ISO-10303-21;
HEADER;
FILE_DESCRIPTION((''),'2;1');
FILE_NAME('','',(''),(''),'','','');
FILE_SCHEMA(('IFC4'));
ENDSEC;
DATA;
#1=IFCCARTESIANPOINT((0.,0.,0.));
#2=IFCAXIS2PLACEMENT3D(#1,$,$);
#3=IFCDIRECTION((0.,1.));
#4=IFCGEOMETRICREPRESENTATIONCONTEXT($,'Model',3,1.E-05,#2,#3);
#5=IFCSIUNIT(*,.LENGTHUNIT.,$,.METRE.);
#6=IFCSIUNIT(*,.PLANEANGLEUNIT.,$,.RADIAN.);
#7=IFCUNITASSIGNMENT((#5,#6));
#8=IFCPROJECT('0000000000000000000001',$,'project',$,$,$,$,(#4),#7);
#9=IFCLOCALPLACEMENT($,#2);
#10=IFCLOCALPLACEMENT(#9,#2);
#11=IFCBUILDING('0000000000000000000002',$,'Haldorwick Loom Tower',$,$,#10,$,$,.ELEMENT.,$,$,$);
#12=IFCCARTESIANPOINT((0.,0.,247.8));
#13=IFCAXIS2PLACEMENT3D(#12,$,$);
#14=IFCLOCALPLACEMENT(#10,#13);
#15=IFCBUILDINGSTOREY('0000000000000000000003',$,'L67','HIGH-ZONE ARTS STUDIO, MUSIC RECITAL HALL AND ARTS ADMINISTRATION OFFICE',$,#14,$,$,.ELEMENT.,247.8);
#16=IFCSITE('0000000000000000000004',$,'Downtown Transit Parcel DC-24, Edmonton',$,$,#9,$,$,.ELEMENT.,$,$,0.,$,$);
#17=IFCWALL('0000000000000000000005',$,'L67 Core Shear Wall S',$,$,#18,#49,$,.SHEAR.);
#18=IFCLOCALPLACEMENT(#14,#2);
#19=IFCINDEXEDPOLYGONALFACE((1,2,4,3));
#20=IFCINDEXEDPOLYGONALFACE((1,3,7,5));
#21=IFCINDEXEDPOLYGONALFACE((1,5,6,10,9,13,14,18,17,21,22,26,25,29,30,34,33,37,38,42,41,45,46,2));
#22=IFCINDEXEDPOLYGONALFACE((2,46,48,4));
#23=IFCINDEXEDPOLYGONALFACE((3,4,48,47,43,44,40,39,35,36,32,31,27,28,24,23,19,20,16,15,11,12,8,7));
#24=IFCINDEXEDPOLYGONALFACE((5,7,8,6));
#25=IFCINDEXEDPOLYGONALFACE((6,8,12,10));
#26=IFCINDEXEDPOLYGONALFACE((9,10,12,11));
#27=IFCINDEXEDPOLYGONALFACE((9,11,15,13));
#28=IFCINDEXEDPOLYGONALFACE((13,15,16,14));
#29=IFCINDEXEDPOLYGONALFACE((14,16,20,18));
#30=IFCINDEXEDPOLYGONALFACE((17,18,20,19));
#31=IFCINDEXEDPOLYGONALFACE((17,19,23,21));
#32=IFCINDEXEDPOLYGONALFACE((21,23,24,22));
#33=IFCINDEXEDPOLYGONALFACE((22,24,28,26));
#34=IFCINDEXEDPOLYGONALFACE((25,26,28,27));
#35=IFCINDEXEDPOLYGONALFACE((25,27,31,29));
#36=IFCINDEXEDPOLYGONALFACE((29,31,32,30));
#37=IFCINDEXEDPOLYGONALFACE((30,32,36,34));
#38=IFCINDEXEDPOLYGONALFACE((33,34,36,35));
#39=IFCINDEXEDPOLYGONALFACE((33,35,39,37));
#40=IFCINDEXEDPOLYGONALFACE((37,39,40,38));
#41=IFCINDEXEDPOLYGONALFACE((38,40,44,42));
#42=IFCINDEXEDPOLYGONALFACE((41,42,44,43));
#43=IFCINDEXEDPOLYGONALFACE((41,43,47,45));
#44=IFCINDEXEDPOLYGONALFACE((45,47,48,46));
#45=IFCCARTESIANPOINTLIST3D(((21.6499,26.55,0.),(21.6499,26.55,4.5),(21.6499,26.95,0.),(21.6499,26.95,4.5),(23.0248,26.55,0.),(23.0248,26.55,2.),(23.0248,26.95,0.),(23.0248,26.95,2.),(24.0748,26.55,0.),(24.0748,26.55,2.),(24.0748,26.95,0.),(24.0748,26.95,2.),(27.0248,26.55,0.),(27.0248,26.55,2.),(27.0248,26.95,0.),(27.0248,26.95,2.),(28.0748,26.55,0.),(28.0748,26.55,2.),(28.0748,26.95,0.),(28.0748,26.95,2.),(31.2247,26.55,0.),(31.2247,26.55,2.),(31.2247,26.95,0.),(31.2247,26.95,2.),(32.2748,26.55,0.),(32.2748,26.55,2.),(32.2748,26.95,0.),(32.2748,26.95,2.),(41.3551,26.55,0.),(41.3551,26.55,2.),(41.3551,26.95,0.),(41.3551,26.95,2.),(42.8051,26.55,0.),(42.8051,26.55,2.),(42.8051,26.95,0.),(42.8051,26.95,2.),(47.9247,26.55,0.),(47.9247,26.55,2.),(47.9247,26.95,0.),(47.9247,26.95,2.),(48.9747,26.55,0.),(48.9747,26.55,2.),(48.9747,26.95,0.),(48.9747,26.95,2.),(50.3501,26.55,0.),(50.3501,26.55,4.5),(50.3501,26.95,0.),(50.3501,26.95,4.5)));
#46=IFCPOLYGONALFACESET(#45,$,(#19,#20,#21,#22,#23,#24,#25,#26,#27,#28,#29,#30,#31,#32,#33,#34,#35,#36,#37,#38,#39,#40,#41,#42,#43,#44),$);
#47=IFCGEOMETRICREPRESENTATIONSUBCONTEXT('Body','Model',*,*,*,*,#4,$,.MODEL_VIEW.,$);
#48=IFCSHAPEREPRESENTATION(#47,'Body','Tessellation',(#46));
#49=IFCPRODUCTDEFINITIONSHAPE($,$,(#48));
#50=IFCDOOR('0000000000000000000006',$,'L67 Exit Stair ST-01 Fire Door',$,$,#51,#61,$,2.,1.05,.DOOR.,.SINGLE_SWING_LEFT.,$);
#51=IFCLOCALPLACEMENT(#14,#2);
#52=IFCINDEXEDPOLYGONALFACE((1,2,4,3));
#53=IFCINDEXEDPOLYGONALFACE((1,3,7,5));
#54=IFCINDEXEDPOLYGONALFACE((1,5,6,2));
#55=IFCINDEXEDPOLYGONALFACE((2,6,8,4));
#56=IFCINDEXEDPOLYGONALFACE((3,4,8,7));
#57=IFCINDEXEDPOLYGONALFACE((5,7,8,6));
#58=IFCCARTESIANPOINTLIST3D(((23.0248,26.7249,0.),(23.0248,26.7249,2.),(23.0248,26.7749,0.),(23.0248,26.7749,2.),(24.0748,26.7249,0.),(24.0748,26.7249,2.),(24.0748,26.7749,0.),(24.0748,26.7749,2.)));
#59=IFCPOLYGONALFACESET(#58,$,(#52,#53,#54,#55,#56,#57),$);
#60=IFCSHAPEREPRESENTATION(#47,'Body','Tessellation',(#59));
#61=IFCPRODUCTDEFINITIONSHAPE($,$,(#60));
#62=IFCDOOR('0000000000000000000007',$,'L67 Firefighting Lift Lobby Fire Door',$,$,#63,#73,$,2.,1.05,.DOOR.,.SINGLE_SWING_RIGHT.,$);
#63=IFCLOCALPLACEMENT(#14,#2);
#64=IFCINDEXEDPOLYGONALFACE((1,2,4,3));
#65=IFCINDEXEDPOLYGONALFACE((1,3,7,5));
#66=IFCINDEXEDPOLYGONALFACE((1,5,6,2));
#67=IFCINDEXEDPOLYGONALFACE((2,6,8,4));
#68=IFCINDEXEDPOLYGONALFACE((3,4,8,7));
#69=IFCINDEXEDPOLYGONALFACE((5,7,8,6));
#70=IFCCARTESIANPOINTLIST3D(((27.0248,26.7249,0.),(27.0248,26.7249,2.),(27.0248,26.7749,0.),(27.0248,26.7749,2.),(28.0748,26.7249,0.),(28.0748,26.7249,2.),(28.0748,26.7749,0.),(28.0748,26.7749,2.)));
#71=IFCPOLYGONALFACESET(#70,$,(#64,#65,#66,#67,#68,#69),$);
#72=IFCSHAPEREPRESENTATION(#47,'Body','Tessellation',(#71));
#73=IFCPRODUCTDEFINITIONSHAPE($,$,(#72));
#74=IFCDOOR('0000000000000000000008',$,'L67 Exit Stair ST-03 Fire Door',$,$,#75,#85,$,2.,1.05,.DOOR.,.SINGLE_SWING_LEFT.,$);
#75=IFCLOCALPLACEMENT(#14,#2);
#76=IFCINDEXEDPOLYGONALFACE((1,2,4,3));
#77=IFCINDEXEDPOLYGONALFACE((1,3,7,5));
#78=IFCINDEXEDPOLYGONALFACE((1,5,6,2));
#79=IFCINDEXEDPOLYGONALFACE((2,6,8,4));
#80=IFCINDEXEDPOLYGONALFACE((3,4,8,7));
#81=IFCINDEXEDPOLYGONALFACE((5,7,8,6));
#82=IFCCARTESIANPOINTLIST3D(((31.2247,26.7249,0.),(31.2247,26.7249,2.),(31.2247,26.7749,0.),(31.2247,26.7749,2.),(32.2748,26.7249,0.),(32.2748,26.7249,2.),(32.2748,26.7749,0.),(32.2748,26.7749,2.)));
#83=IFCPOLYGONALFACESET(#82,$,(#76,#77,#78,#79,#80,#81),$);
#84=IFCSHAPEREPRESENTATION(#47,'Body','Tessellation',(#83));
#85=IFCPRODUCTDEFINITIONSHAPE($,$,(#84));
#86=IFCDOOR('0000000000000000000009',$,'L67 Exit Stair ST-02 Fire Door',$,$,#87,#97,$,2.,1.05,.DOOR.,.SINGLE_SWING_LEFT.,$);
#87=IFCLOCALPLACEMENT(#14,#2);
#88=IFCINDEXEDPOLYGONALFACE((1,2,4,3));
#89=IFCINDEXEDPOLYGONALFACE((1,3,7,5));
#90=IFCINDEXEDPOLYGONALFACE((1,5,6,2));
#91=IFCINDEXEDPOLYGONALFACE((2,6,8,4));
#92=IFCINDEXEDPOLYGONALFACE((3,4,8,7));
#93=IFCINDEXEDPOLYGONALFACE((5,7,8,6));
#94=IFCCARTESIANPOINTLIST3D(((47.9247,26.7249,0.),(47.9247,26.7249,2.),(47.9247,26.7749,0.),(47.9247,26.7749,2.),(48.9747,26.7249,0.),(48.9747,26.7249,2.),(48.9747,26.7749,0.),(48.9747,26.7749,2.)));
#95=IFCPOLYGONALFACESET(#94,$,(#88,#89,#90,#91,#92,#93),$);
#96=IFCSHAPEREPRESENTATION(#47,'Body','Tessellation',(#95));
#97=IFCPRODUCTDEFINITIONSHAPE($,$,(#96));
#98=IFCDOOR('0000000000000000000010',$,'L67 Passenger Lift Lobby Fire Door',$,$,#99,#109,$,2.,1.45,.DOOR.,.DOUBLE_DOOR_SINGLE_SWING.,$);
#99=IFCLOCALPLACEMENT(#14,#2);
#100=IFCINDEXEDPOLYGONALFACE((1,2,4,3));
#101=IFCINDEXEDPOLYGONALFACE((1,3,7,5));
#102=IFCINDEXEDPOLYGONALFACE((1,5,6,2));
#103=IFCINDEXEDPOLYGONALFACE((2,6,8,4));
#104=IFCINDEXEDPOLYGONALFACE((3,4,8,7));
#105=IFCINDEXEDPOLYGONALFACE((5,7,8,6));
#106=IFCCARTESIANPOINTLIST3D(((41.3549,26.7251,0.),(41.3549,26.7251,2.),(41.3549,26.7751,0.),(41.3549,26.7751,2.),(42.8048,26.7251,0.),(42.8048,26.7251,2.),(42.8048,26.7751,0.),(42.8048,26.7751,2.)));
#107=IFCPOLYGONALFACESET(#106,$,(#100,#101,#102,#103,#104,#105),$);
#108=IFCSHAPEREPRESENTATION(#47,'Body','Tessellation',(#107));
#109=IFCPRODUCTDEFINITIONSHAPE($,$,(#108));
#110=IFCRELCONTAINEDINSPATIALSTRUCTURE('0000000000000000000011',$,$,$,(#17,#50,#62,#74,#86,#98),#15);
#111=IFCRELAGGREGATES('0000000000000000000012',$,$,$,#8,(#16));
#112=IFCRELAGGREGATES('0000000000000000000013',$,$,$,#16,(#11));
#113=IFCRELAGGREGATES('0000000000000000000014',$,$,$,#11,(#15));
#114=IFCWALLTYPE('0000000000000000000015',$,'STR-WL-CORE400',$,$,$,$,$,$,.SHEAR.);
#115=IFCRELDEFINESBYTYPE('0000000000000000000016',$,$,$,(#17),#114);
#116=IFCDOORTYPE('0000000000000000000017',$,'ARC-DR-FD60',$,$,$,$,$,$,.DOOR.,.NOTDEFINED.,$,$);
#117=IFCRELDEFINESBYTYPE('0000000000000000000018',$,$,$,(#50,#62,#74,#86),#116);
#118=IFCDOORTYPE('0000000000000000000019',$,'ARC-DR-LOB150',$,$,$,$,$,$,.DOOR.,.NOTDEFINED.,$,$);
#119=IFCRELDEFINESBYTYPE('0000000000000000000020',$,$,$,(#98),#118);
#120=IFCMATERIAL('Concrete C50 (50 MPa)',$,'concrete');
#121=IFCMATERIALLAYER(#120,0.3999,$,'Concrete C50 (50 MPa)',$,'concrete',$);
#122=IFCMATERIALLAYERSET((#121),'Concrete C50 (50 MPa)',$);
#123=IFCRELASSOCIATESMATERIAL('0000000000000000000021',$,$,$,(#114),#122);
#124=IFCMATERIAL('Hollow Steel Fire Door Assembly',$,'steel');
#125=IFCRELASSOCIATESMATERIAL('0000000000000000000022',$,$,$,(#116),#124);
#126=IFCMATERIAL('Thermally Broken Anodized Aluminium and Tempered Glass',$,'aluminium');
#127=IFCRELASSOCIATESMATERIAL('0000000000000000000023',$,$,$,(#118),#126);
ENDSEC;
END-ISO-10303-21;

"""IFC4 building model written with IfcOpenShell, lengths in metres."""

from ifc_helpers import new_model, si_unit, direction, frame, frame_2d, origin, place, context, subcontext, project, spatial, rectangle, extrude, material, layer, layer_set, type_object, element, fill, save


model = new_model("IFC4")

# Units and contexts
model_context = context("Model", 3, precision=1e-05, world=origin(), true_north=direction((0.0, 1.0)))
body_context = subcontext(model_context, "Body", "Model", "MODEL_VIEW")
ifc_project = project(units=[si_unit("LENGTHUNIT", "METRE"), si_unit("PLANEANGLEUNIT", "RADIAN")], contexts=[model_context])

# Site, building, storey
site_placement = place(None, origin())
site = spatial("IfcSite", under=ifc_project, at=site_placement, Name="Downtown Transit Parcel DC-24, Edmonton", CompositionType="ELEMENT", RefElevation=0.0)
building_placement = place(site_placement, origin())
building = spatial("IfcBuilding", under=site, at=building_placement, Name="Haldorwick Loom Tower", CompositionType="ELEMENT")
storey_placement = place(building_placement, frame((0.0, 0.0, 247.8)))
storey = spatial("IfcBuildingStorey", under=building, at=storey_placement, Name="L67", Description="HIGH-ZONE ARTS STUDIO, MUSIC RECITAL HALL AND ARTS ADMINISTRATION OFFICE", CompositionType="ELEMENT", Elevation=247.8)

# Shared definitions
ifc_material_1 = material(Name="Concrete C50 (50 MPa)", Category="concrete")

# Shared definitions
ifc_material_2 = material(Name="Hollow Steel Fire Door Assembly", Category="steel")

# Wall, openings, doors
ifc_layer_1 = layer(ifc_material_1, 0.3999, Name="Concrete C50 (50 MPa)", Category="concrete")
ifc_layer_set_1 = layer_set([ifc_layer_1], Name="Concrete C50 (50 MPa)")
wall_type_1 = type_object("IfcWallType", Name="STR-WL-CORE400", PredefinedType="SHEAR", material=ifc_layer_set_1)
wall_1_placement = place(storey_placement, frame((21.6499, 26.75, 0.0), z_axis=(0.0, 0.0, 1.0), x_axis=(1.0, 0.0, 0.0)))
wall_1 = element("IfcWall", 1, at=wall_1_placement, inside=storey, type_object=wall_type_1, Name="L67 Core Shear Wall S", PredefinedType="SHEAR", context=body_context, shape_type="SweptSolid", body=[
    extrude(rectangle(XDim=28.7002, YDim=0.3999, at=frame_2d((14.3501, 0.0))), origin(), (0.0, 0.0, 1.0), 4.5),
])
opening_1_placement = place(wall_1_placement, frame((1.375, 0.0, 0.0)))
opening_1 = element("IfcOpeningElement", 2, at=opening_1_placement, cuts=wall_1, PredefinedType="OPENING", context=body_context, shape_type="SweptSolid", body=[
    extrude(rectangle(XDim=1.05, YDim=2.0, at=frame_2d((0.5249, 1.0))), frame((0.0, 0.21, 0.0), z_axis=(0.0, -1.0, 0.0), x_axis=(1.0, 0.0, 0.0)), (0.0, 0.0, 1.0), 0.4199),
])
opening_2_placement = place(wall_1_placement, frame((5.375, 0.0, 0.0)))
opening_2 = element("IfcOpeningElement", 3, at=opening_2_placement, cuts=wall_1, PredefinedType="OPENING", context=body_context, shape_type="SweptSolid", body=[
    extrude(rectangle(XDim=1.05, YDim=2.0, at=frame_2d((0.5249, 1.0))), frame((0.0, 0.21, 0.0), z_axis=(0.0, -1.0, 0.0), x_axis=(1.0, 0.0, 0.0)), (0.0, 0.0, 1.0), 0.4199),
])
opening_3_placement = place(wall_1_placement, frame((9.575, 0.0, 0.0)))
opening_3 = element("IfcOpeningElement", 4, at=opening_3_placement, cuts=wall_1, PredefinedType="OPENING", context=body_context, shape_type="SweptSolid", body=[
    extrude(rectangle(XDim=1.05, YDim=2.0, at=frame_2d((0.5249, 1.0))), frame((0.0, 0.21, 0.0), z_axis=(0.0, -1.0, 0.0), x_axis=(1.0, 0.0, 0.0)), (0.0, 0.0, 1.0), 0.4199),
])
opening_4_placement = place(wall_1_placement, frame((19.7051, 0.0, 0.0)))
opening_4 = element("IfcOpeningElement", 5, at=opening_4_placement, cuts=wall_1, PredefinedType="OPENING", context=body_context, shape_type="SweptSolid", body=[
    extrude(rectangle(XDim=1.45, YDim=2.0, at=frame_2d((0.7251, 1.0))), frame((0.0, 0.21, 0.0), z_axis=(0.0, -1.0, 0.0), x_axis=(1.0, 0.0, 0.0)), (0.0, 0.0, 1.0), 0.4199),
])
opening_5_placement = place(wall_1_placement, frame((26.2749, 0.0, 0.0)))
opening_5 = element("IfcOpeningElement", 6, at=opening_5_placement, cuts=wall_1, PredefinedType="OPENING", context=body_context, shape_type="SweptSolid", body=[
    extrude(rectangle(XDim=1.05, YDim=2.0, at=frame_2d((0.5249, 1.0))), frame((0.0, 0.21, 0.0), z_axis=(0.0, -1.0, 0.0), x_axis=(1.0, 0.0, 0.0)), (0.0, 0.0, 1.0), 0.4199),
])
door_type_1 = type_object("IfcDoorType", Name="ARC-DR-FD60", OperationType="NOTDEFINED", PredefinedType="DOOR", material=ifc_material_2)
door_1_placement = place(opening_1_placement, origin())
door_1 = element("IfcDoor", 7, at=door_1_placement, inside=storey, type_object=door_type_1, Name="L67 Exit Stair ST-01 Fire Door", OperationType="SINGLE_SWING_LEFT", OverallHeight=2.0, OverallWidth=1.05, PredefinedType="DOOR", context=body_context, shape_type="SweptSolid", body=[
    extrude(rectangle(XDim=1.05, YDim=2.0, at=frame_2d((0.5249, 1.0))), frame((0.0, 0.0249, 0.0), z_axis=(0.0, -1.0, 0.0), x_axis=(1.0, 0.0, 0.0)), (0.0, 0.0, 1.0), 0.05),
])
fill(opening_1, door_1)
door_2_placement = place(opening_2_placement, origin())
door_2 = element("IfcDoor", 8, at=door_2_placement, inside=storey, type_object=door_type_1, Name="L67 Firefighting Lift Lobby Fire Door", OperationType="SINGLE_SWING_RIGHT", OverallHeight=2.0, OverallWidth=1.05, PredefinedType="DOOR", context=body_context, shape_type="SweptSolid", body=[
    extrude(rectangle(XDim=1.05, YDim=2.0, at=frame_2d((0.5249, 1.0))), frame((0.0, 0.0249, 0.0), z_axis=(0.0, -1.0, 0.0), x_axis=(1.0, 0.0, 0.0)), (0.0, 0.0, 1.0), 0.05),
])
fill(opening_2, door_2)
door_3_placement = place(opening_3_placement, origin())
door_3 = element("IfcDoor", 9, at=door_3_placement, inside=storey, type_object=door_type_1, Name="L67 Exit Stair ST-03 Fire Door", OperationType="SINGLE_SWING_LEFT", OverallHeight=2.0, OverallWidth=1.05, PredefinedType="DOOR", context=body_context, shape_type="SweptSolid", body=[
    extrude(rectangle(XDim=1.05, YDim=2.0, at=frame_2d((0.5249, 1.0))), frame((0.0, 0.0249, 0.0), z_axis=(0.0, -1.0, 0.0), x_axis=(1.0, 0.0, 0.0)), (0.0, 0.0, 1.0), 0.05),
])
fill(opening_3, door_3)
door_4_placement = place(opening_5_placement, origin())
door_4 = element("IfcDoor", 10, at=door_4_placement, inside=storey, type_object=door_type_1, Name="L67 Exit Stair ST-02 Fire Door", OperationType="SINGLE_SWING_LEFT", OverallHeight=2.0, OverallWidth=1.05, PredefinedType="DOOR", context=body_context, shape_type="SweptSolid", body=[
    extrude(rectangle(XDim=1.05, YDim=2.0, at=frame_2d((0.5249, 1.0))), frame((0.0, 0.0249, 0.0), z_axis=(0.0, -1.0, 0.0), x_axis=(1.0, 0.0, 0.0)), (0.0, 0.0, 1.0), 0.05),
])
fill(opening_5, door_4)
ifc_material_3 = material(Name="Thermally Broken Anodized Aluminium and Tempered Glass", Category="aluminium")
door_type_2 = type_object("IfcDoorType", Name="ARC-DR-LOB150", OperationType="NOTDEFINED", PredefinedType="DOOR", material=ifc_material_3)
door_5_placement = place(opening_4_placement, frame((1.45, 0.0, 0.0), z_axis=(0.0, 0.0, 1.0), x_axis=(-1.0, 0.0, 0.0)))
door_5 = element("IfcDoor", 11, at=door_5_placement, inside=storey, type_object=door_type_2, Name="L67 Passenger Lift Lobby Fire Door", OperationType="DOUBLE_DOOR_SINGLE_SWING", OverallHeight=2.0, OverallWidth=1.45, PredefinedType="DOOR", context=body_context, shape_type="SweptSolid", body=[
    extrude(rectangle(XDim=1.45, YDim=2.0, at=frame_2d((0.7251, 1.0))), frame((0.0, 0.0249, 0.0), z_axis=(0.0, -1.0, 0.0), x_axis=(1.0, 0.0, 0.0)), (0.0, 0.0, 1.0), 0.05),
])
fill(opening_4, door_5)

save(model, "model.ifc")
